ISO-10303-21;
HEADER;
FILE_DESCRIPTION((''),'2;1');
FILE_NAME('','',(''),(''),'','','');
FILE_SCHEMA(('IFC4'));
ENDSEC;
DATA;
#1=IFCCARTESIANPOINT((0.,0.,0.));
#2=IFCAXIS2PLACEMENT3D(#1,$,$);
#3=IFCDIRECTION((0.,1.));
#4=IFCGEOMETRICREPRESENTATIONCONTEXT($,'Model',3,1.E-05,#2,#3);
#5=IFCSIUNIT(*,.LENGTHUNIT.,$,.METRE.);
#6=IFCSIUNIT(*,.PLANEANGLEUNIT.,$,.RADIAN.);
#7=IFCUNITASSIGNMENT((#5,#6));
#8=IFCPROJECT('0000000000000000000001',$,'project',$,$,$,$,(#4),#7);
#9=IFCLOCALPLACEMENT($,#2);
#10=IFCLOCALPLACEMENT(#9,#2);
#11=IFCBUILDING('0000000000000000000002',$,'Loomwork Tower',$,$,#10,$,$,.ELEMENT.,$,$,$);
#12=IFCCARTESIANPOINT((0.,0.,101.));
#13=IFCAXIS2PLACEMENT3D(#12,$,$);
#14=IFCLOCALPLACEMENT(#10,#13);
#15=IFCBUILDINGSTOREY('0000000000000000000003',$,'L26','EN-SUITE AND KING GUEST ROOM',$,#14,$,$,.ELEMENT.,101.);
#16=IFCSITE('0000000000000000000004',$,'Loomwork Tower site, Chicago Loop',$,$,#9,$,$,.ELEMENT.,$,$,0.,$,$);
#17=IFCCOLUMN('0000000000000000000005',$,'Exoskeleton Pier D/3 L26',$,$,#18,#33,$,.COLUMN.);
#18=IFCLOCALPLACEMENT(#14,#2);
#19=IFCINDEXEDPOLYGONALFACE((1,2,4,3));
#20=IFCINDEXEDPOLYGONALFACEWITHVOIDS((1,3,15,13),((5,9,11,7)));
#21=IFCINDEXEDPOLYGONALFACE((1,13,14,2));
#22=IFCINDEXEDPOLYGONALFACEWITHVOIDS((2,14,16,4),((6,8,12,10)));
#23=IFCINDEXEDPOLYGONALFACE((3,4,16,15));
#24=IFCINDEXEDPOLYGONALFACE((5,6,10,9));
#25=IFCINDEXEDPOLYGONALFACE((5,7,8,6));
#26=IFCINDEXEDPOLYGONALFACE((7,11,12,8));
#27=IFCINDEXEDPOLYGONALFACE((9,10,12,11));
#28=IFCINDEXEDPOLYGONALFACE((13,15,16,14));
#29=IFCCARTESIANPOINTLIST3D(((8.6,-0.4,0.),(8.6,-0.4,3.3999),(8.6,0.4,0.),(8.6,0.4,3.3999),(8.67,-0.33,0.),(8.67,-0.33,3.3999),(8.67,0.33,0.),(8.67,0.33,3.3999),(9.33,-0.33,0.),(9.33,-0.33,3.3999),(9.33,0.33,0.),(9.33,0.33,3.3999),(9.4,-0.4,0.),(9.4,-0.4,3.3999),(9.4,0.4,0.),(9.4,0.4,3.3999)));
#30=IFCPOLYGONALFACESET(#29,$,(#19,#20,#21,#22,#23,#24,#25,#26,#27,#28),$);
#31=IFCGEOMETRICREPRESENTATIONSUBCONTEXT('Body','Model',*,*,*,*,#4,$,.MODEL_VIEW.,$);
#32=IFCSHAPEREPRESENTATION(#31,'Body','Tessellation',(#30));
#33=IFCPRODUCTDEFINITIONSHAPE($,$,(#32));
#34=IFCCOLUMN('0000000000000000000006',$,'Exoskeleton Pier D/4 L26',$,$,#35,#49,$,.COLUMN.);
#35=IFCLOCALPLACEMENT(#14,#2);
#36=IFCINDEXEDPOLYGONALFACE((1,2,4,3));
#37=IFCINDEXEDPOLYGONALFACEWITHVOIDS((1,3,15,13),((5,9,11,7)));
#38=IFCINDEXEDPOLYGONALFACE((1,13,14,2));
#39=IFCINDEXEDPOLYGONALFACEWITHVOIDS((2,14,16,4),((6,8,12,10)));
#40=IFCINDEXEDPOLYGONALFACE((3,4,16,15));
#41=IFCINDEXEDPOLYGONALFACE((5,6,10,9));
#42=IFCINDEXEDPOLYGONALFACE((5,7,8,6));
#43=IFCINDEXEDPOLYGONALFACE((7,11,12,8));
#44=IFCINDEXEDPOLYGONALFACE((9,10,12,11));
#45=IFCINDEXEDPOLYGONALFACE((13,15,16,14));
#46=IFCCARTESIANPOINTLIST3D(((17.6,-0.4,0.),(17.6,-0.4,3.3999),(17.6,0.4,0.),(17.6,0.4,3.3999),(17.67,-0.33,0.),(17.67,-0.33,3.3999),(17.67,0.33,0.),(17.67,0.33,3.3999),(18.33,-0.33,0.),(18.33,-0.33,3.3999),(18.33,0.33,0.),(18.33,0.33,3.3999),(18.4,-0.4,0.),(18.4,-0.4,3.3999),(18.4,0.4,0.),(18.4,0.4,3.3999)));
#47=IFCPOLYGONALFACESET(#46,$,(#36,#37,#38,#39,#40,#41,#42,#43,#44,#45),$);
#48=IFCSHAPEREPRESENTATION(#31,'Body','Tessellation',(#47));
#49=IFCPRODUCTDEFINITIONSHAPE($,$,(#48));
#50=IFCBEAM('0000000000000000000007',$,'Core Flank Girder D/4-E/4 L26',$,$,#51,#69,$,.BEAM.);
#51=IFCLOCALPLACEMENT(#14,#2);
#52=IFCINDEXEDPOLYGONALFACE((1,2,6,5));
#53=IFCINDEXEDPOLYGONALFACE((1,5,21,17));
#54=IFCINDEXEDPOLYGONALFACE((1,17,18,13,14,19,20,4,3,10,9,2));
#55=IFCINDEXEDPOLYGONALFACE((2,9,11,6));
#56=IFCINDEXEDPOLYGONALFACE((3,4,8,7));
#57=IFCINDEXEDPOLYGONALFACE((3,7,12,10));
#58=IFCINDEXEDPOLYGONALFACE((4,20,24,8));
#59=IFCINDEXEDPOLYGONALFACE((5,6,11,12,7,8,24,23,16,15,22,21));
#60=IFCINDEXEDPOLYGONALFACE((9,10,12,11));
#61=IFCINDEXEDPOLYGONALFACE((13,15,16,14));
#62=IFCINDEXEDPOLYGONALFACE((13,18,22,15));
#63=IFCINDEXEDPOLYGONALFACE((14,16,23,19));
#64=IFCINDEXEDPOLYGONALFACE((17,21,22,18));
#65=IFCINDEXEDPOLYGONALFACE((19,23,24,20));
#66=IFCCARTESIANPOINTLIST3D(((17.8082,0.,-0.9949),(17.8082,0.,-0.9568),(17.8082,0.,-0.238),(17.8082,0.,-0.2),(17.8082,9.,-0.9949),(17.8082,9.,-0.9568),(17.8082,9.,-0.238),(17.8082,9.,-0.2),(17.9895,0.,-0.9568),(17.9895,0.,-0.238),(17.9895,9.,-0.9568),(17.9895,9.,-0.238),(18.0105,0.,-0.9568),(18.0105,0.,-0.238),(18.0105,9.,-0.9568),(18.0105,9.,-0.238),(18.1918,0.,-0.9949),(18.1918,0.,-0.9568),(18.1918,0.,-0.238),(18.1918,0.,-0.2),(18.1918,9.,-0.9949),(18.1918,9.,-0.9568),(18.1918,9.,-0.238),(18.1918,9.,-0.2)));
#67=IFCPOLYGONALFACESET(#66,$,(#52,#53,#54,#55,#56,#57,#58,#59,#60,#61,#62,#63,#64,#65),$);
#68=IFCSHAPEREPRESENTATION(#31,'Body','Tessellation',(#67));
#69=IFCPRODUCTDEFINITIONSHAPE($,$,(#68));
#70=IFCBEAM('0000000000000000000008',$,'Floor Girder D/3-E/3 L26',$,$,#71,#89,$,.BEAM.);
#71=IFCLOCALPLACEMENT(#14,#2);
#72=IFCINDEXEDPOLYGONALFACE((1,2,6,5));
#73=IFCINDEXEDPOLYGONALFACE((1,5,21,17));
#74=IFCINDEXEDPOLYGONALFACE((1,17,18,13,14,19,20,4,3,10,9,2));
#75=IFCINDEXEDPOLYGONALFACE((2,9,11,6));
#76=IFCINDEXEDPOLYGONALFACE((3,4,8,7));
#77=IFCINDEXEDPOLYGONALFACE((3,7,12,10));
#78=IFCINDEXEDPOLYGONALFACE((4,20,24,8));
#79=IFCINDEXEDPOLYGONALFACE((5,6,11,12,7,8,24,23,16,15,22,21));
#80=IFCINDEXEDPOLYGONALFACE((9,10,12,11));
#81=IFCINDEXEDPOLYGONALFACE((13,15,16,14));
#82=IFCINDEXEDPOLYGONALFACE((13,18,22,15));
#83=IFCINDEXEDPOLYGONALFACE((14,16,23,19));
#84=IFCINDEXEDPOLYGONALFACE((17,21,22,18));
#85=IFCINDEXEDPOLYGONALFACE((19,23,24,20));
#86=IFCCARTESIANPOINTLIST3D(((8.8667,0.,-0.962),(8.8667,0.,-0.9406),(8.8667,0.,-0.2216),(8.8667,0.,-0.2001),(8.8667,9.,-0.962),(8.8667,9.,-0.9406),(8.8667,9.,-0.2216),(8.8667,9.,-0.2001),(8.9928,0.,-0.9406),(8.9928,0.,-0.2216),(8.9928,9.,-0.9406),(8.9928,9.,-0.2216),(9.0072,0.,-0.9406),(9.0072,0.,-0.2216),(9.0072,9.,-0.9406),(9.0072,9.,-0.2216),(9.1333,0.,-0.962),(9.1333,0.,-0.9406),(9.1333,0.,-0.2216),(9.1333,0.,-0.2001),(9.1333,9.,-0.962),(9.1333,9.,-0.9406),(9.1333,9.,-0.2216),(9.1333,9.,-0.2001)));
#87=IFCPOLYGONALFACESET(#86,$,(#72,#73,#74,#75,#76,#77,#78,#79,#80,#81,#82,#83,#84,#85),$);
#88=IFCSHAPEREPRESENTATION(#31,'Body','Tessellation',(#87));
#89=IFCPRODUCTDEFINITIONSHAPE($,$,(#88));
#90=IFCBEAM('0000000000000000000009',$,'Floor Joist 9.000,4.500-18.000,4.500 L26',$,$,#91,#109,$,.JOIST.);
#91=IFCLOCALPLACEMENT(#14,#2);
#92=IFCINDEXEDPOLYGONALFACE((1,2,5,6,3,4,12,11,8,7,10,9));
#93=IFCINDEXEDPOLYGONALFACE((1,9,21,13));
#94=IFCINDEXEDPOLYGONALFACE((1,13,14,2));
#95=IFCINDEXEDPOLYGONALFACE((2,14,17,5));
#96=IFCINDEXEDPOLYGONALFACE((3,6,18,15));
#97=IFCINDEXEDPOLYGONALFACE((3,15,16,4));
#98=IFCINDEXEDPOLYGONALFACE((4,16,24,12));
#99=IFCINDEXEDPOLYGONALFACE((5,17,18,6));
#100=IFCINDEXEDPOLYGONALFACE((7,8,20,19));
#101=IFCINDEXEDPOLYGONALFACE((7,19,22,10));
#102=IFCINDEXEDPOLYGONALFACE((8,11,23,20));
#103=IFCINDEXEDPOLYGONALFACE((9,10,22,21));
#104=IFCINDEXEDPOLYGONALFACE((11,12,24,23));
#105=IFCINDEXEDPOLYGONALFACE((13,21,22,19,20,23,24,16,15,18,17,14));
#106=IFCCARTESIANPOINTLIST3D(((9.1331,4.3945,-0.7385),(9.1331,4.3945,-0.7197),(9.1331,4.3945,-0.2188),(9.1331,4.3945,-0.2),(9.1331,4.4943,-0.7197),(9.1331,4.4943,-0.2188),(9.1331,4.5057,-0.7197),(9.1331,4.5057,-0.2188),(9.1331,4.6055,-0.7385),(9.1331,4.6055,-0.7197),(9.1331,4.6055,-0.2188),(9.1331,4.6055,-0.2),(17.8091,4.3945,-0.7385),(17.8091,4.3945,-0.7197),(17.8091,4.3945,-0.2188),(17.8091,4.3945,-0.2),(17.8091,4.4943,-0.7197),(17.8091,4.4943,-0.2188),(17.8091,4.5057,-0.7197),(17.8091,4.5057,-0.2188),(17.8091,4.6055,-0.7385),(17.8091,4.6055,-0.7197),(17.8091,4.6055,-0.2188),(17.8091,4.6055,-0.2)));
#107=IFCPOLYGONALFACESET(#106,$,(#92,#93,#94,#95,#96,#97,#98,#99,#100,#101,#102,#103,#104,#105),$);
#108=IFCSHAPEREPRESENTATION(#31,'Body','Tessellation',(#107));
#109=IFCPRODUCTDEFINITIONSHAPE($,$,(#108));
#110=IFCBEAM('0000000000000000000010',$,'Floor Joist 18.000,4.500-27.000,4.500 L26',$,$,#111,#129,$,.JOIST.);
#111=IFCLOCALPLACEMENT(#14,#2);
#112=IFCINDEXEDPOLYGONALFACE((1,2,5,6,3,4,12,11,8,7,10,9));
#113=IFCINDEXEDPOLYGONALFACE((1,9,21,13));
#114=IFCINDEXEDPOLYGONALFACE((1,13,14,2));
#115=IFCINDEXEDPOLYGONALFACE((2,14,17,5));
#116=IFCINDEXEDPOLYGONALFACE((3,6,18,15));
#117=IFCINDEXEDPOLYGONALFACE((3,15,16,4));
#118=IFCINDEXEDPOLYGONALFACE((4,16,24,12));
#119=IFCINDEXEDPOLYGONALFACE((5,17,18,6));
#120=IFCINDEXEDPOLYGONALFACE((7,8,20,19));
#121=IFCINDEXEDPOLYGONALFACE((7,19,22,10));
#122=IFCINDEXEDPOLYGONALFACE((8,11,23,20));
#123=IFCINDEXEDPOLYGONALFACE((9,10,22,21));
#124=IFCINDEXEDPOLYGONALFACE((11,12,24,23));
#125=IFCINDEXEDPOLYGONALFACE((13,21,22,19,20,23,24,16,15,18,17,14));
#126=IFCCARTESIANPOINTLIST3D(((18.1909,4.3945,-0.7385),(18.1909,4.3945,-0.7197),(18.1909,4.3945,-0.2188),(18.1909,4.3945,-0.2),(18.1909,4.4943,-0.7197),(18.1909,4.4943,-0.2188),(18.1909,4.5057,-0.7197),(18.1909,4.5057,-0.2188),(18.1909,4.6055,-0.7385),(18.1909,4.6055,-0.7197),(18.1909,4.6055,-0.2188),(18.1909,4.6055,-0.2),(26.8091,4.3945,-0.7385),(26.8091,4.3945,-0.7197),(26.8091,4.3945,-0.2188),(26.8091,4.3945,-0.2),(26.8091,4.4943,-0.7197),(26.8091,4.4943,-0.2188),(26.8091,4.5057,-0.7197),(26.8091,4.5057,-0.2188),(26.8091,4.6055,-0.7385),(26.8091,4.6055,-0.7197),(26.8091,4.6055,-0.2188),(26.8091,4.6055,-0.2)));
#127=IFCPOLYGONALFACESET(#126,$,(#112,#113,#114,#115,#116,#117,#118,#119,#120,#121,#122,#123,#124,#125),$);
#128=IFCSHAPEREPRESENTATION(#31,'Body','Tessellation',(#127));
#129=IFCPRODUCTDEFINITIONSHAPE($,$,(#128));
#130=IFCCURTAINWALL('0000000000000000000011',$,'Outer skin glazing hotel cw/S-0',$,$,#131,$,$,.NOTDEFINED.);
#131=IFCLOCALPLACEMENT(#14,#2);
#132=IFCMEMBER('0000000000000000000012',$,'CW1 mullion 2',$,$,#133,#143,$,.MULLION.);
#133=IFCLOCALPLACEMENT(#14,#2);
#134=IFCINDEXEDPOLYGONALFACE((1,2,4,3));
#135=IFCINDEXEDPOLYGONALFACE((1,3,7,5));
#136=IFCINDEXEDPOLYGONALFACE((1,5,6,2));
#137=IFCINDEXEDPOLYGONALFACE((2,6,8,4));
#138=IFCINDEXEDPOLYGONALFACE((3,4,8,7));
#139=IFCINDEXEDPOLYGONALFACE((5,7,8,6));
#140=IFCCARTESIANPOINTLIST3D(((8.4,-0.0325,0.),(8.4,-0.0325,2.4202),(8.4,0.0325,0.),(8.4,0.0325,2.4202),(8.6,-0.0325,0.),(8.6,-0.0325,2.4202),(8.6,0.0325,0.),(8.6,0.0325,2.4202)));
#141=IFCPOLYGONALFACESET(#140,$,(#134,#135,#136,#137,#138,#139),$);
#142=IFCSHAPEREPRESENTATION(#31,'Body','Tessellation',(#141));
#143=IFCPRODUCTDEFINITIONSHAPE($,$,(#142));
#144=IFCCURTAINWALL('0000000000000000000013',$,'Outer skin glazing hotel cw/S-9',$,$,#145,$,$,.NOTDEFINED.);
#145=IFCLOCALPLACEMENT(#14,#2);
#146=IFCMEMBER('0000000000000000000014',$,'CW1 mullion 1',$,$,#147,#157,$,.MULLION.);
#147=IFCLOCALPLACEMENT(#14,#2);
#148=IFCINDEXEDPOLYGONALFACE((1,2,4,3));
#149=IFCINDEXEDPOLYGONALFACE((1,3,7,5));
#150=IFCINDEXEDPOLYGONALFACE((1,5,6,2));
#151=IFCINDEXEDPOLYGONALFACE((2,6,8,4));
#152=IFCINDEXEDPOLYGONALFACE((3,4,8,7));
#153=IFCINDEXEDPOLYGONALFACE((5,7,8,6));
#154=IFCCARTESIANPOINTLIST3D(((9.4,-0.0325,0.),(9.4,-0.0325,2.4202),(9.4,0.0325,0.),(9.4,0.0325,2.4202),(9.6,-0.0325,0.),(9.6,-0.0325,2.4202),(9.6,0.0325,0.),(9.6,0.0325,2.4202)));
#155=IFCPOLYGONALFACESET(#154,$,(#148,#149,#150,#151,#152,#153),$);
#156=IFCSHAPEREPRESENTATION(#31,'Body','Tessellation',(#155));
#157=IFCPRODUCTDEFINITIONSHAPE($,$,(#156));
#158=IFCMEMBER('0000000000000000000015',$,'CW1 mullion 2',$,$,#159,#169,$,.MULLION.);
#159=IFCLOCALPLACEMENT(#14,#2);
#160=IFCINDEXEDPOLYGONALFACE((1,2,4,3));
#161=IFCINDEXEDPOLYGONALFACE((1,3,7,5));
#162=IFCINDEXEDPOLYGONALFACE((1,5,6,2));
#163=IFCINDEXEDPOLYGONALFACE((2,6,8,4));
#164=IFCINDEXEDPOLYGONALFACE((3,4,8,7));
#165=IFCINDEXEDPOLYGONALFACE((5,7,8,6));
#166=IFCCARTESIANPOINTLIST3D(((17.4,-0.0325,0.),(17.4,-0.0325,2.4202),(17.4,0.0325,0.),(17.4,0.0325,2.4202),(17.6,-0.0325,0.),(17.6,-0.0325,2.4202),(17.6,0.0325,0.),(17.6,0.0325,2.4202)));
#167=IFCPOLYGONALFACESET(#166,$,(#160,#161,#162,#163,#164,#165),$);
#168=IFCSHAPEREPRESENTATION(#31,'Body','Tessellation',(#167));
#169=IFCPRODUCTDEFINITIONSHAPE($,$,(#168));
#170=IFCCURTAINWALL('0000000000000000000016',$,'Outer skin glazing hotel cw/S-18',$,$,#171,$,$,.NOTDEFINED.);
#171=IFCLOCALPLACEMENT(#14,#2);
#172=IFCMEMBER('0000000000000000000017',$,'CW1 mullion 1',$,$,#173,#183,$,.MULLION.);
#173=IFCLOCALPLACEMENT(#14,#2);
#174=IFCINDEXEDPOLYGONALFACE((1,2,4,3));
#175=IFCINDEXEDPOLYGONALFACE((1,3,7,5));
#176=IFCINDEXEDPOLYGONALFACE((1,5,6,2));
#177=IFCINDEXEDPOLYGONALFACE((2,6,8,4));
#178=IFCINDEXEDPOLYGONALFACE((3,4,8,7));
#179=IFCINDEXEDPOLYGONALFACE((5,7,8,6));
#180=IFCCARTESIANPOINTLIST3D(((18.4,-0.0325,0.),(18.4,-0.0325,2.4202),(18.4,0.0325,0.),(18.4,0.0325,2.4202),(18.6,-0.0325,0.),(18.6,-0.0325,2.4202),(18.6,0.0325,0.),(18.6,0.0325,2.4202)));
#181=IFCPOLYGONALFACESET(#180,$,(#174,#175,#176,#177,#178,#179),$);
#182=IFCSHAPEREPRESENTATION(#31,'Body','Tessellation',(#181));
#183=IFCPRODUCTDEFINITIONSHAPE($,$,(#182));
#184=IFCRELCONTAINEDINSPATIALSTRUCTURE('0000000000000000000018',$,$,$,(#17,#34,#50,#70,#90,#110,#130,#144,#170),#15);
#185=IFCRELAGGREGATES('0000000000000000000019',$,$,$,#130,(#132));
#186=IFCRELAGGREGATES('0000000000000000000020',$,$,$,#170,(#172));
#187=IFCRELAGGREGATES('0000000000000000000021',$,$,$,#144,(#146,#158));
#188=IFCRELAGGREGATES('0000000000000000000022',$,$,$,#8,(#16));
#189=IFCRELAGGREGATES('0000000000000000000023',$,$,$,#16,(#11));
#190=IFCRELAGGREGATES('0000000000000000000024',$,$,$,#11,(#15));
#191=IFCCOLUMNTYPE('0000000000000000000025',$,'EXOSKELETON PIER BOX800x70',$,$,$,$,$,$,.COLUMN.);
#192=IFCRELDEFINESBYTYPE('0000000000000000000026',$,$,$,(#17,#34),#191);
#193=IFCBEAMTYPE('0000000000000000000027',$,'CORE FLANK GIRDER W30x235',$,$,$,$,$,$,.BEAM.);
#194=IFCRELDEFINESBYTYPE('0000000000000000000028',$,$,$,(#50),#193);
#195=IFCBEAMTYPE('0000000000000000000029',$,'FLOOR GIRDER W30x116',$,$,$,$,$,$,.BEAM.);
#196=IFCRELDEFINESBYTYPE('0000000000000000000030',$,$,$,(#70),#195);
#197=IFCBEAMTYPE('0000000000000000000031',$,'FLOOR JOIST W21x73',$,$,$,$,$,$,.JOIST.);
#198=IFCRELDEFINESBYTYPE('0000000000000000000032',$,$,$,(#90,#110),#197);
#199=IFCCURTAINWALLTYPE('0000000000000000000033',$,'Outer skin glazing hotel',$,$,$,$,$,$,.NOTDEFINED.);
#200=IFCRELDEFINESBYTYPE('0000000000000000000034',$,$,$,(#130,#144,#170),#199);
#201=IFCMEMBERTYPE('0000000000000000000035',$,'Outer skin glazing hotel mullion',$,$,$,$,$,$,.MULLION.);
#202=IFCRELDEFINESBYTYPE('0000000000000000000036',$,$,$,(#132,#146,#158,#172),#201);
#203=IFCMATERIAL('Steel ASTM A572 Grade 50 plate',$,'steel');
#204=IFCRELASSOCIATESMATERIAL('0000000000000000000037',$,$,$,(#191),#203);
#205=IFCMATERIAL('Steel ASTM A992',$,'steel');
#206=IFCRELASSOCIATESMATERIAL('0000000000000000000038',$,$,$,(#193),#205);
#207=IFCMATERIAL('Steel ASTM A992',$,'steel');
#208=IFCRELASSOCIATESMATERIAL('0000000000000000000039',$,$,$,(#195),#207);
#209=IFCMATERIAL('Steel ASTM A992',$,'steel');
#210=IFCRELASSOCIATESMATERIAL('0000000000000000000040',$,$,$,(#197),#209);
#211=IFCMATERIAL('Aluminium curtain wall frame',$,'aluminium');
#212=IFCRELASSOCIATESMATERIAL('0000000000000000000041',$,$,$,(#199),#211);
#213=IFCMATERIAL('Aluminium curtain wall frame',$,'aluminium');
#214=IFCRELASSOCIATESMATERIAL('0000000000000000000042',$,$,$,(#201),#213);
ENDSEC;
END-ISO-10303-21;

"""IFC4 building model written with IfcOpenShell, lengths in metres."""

from ifc_helpers import new_model, si_unit, direction, frame, origin, origin_2d, place, context, subcontext, project, spatial, rectangle, hollow_rectangle, i_section, extrude, material, material_profile, profile_set, type_object, element, aggregate, save


model = new_model("IFC4")

# Units and contexts
model_context = context("Model", 3, precision=1e-05, world=origin(), true_north=direction((0.0, 1.0)))
body_context = subcontext(model_context, "Body", "Model", "MODEL_VIEW")
ifc_project = project(units=[si_unit("LENGTHUNIT", "METRE"), si_unit("PLANEANGLEUNIT", "RADIAN")], contexts=[model_context])

# Site, building, storey
site_placement = place(None, origin())
site = spatial("IfcSite", under=ifc_project, at=site_placement, Name="Loomwork Tower site, Chicago Loop", CompositionType="ELEMENT", RefElevation=0.0)
building_placement = place(site_placement, origin())
building = spatial("IfcBuilding", under=site, at=building_placement, Name="Loomwork Tower", CompositionType="ELEMENT")
storey_placement = place(building_placement, frame((0.0, 0.0, 101.0)))
storey = spatial("IfcBuildingStorey", under=building, at=storey_placement, Name="L26", Description="EN-SUITE AND KING GUEST ROOM", CompositionType="ELEMENT", Elevation=101.0)

# Columns
ifc_material_1 = material(Name="Steel ASTM A572 Grade 50 plate", Category="steel")
ifc_material_profile_1 = material_profile(ifc_material_1, hollow_rectangle(XDim=0.8, YDim=0.8, WallThickness=0.0701, at=origin_2d()), Name="BOX800x70")
ifc_profile_set_1 = profile_set([ifc_material_profile_1], Name="Steel ASTM A572 Grade 50 plate")
column_type = type_object("IfcColumnType", Name="EXOSKELETON PIER BOX800x70", PredefinedType="COLUMN", material=ifc_profile_set_1)
for number, where, z_axis, x_axis, name in (
    (1, (9.0, 0.0, 0.0), (0.0, 0.0, 1.0), (1.0, 0.0, 0.0), "Exoskeleton Pier D/3 L26"),
    (2, (18.0, 0.0, 0.0), (0.0, 0.0, 1.0), (1.0, 0.0, 0.0), "Exoskeleton Pier D/4 L26"),
):
    element("IfcColumn", number, at=place(storey_placement, frame(where, z_axis=z_axis, x_axis=x_axis)), inside=storey, type_object=column_type, Name=name, PredefinedType="COLUMN", context=body_context, shape_type="SweptSolid", body=[
        extrude(hollow_rectangle(XDim=0.8, YDim=0.8, WallThickness=0.0701, at=origin_2d()), origin(), (0.0, 0.0, 1.0), 3.3999),
    ])

# Beams
ifc_material_2 = material(Name="Steel ASTM A992", Category="steel")
ifc_material_profile_2 = material_profile(ifc_material_2, i_section(OverallWidth=0.3835, OverallDepth=0.7949, WebThickness=0.021, FlangeThickness=0.0381, at=origin_2d()), Name="W30x235")
ifc_profile_set_2 = profile_set([ifc_material_profile_2], Name="Steel ASTM A992")
beam_type_1 = type_object("IfcBeamType", Name="CORE FLANK GIRDER W30x235", PredefinedType="BEAM", material=ifc_profile_set_2)
beam_1_placement = place(storey_placement, frame((18.0, 0.0, -0.5974), z_axis=(0.0, 1.0, 0.0), x_axis=(-1.0, 0.0, 0.0)))
element("IfcBeam", 3, at=beam_1_placement, inside=storey, type_object=beam_type_1, Name="Core Flank Girder D/4-E/4 L26", PredefinedType="BEAM", context=body_context, shape_type="SweptSolid", body=[
    extrude(i_section(OverallWidth=0.3835, OverallDepth=0.7949, WebThickness=0.021, FlangeThickness=0.0381, at=origin_2d()), origin(), (0.0, 0.0, 1.0), 9.0),
])
ifc_material_3 = material(Name="Steel ASTM A992", Category="steel")
ifc_material_profile_3 = material_profile(ifc_material_3, i_section(OverallWidth=0.2666, OverallDepth=0.762, WebThickness=0.0144, FlangeThickness=0.0215, at=origin_2d()), Name="W30x116")
ifc_profile_set_3 = profile_set([ifc_material_profile_3], Name="Steel ASTM A992")
beam_type_2 = type_object("IfcBeamType", Name="FLOOR GIRDER W30x116", PredefinedType="BEAM", material=ifc_profile_set_3)
beam_2_placement = place(storey_placement, frame((9.0, 0.0, -0.5811), z_axis=(0.0, 1.0, 0.0), x_axis=(-1.0, 0.0, 0.0)))
element("IfcBeam", 4, at=beam_2_placement, inside=storey, type_object=beam_type_2, Name="Floor Girder D/3-E/3 L26", PredefinedType="BEAM", context=body_context, shape_type="SweptSolid", body=[
    extrude(i_section(OverallWidth=0.2666, OverallDepth=0.762, WebThickness=0.0144, FlangeThickness=0.0215, at=origin_2d()), origin(), (0.0, 0.0, 1.0), 9.0),
])
ifc_material_4 = material(Name="Steel ASTM A992", Category="steel")
ifc_material_profile_4 = material_profile(ifc_material_4, i_section(OverallWidth=0.2109, OverallDepth=0.5386, WebThickness=0.0115, FlangeThickness=0.0188, at=origin_2d()), Name="W21x73")
ifc_profile_set_4 = profile_set([ifc_material_profile_4], Name="Steel ASTM A992")
beam_type_3 = type_object("IfcBeamType", Name="FLOOR JOIST W21x73", PredefinedType="JOIST", material=ifc_profile_set_4)
beam_3_placement = place(storey_placement, frame((9.1331, 4.5, -0.4692), z_axis=(1.0, 0.0, 0.0), x_axis=(0.0, 1.0, 0.0)))
element("IfcBeam", 5, at=beam_3_placement, inside=storey, type_object=beam_type_3, Name="Floor Joist 9.000,4.500-18.000,4.500 L26", PredefinedType="JOIST", context=body_context, shape_type="SweptSolid", body=[
    extrude(i_section(OverallWidth=0.2109, OverallDepth=0.5386, WebThickness=0.0115, FlangeThickness=0.0188, at=origin_2d()), origin(), (0.0, 0.0, 1.0), 8.676),
])
beam_4_placement = place(storey_placement, frame((18.1909, 4.5, -0.4692), z_axis=(1.0, 0.0, 0.0), x_axis=(0.0, 1.0, 0.0)))
element("IfcBeam", 6, at=beam_4_placement, inside=storey, type_object=beam_type_3, Name="Floor Joist 18.000,4.500-27.000,4.500 L26", PredefinedType="JOIST", context=body_context, shape_type="SweptSolid", body=[
    extrude(i_section(OverallWidth=0.2109, OverallDepth=0.5386, WebThickness=0.0115, FlangeThickness=0.0188, at=origin_2d()), origin(), (0.0, 0.0, 1.0), 8.6182),
])

# Curtain wall, member
ifc_material_5 = material(Name="Aluminium curtain wall frame", Category="aluminium")
curtain_wall_type = type_object("IfcCurtainWallType", Name="Outer skin glazing hotel", PredefinedType="NOTDEFINED", material=ifc_material_5)
curtain_wall_1_placement = place(storey_placement, origin())
curtain_wall_1 = element("IfcCurtainWall", 7, at=curtain_wall_1_placement, inside=storey, type_object=curtain_wall_type, Name="Outer skin glazing hotel cw/S-0", PredefinedType="NOTDEFINED")
ifc_material_6 = material(Name="Aluminium curtain wall frame", Category="aluminium")
ifc_material_profile_5 = material_profile(ifc_material_6, rectangle(XDim=0.0649, YDim=0.2, at=origin_2d()), Name="AL 65x200")
ifc_profile_set_5 = profile_set([ifc_material_profile_5], Name="Aluminium curtain wall frame")
member_type_1 = type_object("IfcMemberType", Name="Outer skin glazing hotel mullion", PredefinedType="MULLION", material=ifc_profile_set_5)
member_1_placement = place(storey_placement, frame((8.5, 0.0, 0.0), z_axis=(0.0, 0.0, 1.0), x_axis=(0.0, 1.0, 0.0)))
member_1 = element("IfcMember", 8, at=member_1_placement, type_object=member_type_1, Name="CW1 mullion 2", PredefinedType="MULLION", context=body_context, shape_type="SweptSolid", body=[
    extrude(rectangle(XDim=0.0649, YDim=0.2, at=origin_2d()), origin(), (0.0, 0.0, 1.0), 2.4202),
])
aggregate(curtain_wall_1, [member_1])

# Curtain wall, members
curtain_wall_2_placement = place(storey_placement, origin())
curtain_wall_2 = element("IfcCurtainWall", 9, at=curtain_wall_2_placement, inside=storey, type_object=curtain_wall_type, Name="Outer skin glazing hotel cw/S-9", PredefinedType="NOTDEFINED")
member_2_placement = place(storey_placement, frame((9.5, 0.0, 0.0), z_axis=(0.0, 0.0, 1.0), x_axis=(0.0, 1.0, 0.0)))
member_2 = element("IfcMember", 10, at=member_2_placement, type_object=member_type_1, Name="CW1 mullion 1", PredefinedType="MULLION", context=body_context, shape_type="SweptSolid", body=[
    extrude(rectangle(XDim=0.0649, YDim=0.2, at=origin_2d()), origin(), (0.0, 0.0, 1.0), 2.4202),
])
member_3_placement = place(storey_placement, frame((17.5, 0.0, 0.0), z_axis=(0.0, 0.0, 1.0), x_axis=(0.0, 1.0, 0.0)))
member_3 = element("IfcMember", 11, at=member_3_placement, type_object=member_type_1, Name="CW1 mullion 2", PredefinedType="MULLION", context=body_context, shape_type="SweptSolid", body=[
    extrude(rectangle(XDim=0.0649, YDim=0.2, at=origin_2d()), origin(), (0.0, 0.0, 1.0), 2.4202),
])

# Curtain wall, member
curtain_wall_3_placement = place(storey_placement, origin())
curtain_wall_3 = element("IfcCurtainWall", 12, at=curtain_wall_3_placement, inside=storey, type_object=curtain_wall_type, Name="Outer skin glazing hotel cw/S-18", PredefinedType="NOTDEFINED")
member_4_placement = place(storey_placement, frame((18.5, 0.0, 0.0), z_axis=(0.0, 0.0, 1.0), x_axis=(0.0, 1.0, 0.0)))
member_4 = element("IfcMember", 13, at=member_4_placement, type_object=member_type_1, Name="CW1 mullion 1", PredefinedType="MULLION", context=body_context, shape_type="SweptSolid", body=[
    extrude(rectangle(XDim=0.0649, YDim=0.2, at=origin_2d()), origin(), (0.0, 0.0, 1.0), 2.4202),
])

aggregate(curtain_wall_3, [member_4])

aggregate(curtain_wall_2, [member_2, member_3])

save(model, "model.ifc")
